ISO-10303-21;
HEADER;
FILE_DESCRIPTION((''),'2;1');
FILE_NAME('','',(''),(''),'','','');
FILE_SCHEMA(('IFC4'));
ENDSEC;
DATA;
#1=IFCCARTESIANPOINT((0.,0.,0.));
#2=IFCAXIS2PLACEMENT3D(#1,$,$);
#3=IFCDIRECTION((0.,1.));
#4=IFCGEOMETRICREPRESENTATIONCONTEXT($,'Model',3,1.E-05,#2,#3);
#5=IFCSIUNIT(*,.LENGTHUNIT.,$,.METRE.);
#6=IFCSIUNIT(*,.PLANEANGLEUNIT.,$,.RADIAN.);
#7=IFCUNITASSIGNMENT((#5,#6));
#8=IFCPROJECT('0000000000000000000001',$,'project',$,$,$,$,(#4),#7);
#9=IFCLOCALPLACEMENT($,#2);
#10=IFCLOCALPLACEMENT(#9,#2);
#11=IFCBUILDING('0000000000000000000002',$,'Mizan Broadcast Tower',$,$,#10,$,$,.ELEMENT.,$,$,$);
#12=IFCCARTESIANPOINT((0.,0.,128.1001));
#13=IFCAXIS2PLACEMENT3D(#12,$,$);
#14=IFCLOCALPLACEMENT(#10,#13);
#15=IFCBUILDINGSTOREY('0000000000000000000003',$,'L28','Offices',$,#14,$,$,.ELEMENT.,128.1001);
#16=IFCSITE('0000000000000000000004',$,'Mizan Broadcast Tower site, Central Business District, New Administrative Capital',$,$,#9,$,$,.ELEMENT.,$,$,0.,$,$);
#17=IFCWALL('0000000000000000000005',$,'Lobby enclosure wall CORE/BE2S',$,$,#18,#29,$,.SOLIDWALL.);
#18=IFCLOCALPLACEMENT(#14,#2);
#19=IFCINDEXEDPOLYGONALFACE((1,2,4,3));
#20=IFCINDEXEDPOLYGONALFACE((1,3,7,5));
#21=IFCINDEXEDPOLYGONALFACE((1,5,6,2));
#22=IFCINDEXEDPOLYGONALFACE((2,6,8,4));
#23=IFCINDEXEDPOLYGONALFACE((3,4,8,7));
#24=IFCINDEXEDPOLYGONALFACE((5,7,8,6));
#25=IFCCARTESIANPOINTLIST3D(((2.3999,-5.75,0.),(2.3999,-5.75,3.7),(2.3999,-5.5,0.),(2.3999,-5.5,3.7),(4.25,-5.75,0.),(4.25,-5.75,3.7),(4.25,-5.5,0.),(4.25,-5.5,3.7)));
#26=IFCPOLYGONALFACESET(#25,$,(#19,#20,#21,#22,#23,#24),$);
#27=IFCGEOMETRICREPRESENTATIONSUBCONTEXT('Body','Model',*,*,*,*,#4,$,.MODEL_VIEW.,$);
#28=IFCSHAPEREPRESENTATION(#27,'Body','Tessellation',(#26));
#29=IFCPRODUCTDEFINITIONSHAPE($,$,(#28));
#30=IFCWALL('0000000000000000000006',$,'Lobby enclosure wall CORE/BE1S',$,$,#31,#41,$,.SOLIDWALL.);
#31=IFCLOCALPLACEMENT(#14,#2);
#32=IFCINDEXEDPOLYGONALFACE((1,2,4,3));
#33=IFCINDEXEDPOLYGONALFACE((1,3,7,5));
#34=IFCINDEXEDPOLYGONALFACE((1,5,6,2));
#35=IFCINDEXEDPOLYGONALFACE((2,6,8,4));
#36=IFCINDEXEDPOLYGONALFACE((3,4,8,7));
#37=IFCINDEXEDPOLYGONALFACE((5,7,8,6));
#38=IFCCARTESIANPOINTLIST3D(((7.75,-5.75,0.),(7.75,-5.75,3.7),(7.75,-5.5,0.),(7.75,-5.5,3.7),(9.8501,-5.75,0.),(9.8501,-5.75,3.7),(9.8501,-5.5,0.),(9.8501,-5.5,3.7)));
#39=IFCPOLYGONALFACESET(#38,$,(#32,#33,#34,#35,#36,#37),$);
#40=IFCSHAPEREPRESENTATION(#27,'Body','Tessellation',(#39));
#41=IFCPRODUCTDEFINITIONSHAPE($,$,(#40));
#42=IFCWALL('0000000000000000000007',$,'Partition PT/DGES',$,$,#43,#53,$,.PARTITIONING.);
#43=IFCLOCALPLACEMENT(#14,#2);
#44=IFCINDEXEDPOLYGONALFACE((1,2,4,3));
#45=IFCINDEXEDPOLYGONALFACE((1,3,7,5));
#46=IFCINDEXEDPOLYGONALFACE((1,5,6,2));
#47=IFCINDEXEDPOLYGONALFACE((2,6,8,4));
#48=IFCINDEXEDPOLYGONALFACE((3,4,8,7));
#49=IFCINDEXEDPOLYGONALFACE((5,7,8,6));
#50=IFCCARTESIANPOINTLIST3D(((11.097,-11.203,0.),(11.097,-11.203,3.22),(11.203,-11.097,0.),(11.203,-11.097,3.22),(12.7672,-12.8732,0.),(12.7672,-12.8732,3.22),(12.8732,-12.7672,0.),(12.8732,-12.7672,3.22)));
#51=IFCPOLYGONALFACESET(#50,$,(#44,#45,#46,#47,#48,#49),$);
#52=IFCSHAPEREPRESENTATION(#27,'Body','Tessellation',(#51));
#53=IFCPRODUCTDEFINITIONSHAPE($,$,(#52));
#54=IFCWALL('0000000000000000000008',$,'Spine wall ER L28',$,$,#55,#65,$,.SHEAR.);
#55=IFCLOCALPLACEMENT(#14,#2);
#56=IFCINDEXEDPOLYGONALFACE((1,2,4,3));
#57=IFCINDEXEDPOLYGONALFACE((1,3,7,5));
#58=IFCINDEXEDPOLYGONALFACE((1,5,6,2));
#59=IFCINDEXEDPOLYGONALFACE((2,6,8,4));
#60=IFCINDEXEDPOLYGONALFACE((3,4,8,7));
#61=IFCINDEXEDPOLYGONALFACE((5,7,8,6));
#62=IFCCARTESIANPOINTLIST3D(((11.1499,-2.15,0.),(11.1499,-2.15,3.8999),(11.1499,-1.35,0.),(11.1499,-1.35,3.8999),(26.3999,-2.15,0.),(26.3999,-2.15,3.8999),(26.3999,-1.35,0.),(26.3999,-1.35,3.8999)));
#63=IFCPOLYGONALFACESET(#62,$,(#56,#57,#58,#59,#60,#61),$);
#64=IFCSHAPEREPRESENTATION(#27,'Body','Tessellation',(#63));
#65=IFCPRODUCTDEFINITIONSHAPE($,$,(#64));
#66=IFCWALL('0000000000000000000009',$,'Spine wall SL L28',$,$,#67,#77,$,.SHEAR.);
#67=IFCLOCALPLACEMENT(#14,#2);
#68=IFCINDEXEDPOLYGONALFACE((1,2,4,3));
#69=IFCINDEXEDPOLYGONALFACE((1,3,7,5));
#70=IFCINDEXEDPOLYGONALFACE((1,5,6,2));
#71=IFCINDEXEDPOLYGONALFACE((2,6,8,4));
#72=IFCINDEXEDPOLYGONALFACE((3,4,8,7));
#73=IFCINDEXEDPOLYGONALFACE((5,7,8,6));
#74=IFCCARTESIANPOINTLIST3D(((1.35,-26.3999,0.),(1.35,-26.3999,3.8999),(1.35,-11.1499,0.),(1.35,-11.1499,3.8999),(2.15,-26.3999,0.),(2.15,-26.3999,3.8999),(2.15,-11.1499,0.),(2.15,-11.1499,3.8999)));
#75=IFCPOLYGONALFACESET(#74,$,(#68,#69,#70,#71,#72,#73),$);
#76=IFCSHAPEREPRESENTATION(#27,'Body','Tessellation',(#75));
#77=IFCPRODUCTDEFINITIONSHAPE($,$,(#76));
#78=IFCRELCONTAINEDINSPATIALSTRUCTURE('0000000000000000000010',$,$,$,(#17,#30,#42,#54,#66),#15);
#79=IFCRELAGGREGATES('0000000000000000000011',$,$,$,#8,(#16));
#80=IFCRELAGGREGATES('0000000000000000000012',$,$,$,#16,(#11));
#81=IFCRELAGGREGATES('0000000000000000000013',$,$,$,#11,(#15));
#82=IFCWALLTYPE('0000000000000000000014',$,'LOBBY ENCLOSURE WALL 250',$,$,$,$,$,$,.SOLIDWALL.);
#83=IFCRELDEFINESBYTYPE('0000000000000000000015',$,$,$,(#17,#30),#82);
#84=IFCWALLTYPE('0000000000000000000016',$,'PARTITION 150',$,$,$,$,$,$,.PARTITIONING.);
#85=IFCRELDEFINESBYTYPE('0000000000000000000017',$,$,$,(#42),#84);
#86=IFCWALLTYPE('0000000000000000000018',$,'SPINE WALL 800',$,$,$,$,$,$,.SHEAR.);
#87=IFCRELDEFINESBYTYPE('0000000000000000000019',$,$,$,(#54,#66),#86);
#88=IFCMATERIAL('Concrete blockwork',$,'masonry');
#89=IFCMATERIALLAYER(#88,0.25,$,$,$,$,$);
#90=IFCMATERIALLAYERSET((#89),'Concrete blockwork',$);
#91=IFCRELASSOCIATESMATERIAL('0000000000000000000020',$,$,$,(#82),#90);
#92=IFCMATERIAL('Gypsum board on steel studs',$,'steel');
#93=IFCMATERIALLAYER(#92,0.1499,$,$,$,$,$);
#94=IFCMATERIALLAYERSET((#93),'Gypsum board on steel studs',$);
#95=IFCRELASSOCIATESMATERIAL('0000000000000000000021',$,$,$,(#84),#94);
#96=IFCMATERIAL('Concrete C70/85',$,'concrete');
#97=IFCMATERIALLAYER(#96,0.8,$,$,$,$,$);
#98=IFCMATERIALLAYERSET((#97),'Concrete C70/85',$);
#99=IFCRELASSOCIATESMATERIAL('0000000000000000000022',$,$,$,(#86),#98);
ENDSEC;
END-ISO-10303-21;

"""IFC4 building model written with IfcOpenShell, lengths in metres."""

from ifc_helpers import new_model, si_unit, direction, frame, frame_2d, origin, place, context, subcontext, project, spatial, rectangle, extrude, material, layer, layer_set, type_object, element, save


model = new_model("IFC4")

# Units and contexts
model_context = context("Model", 3, precision=1e-05, world=origin(), true_north=direction((0.0, 1.0)))
body_context = subcontext(model_context, "Body", "Model", "MODEL_VIEW")
ifc_project = project(units=[si_unit("LENGTHUNIT", "METRE"), si_unit("PLANEANGLEUNIT", "RADIAN")], contexts=[model_context])

# Site, building, storey
site_placement = place(None, origin())
site = spatial("IfcSite", under=ifc_project, at=site_placement, Name="Mizan Broadcast Tower site, Central Business District, New Administrative Capital", CompositionType="ELEMENT", RefElevation=0.0)
building_placement = place(site_placement, origin())
building = spatial("IfcBuilding", under=site, at=building_placement, Name="Mizan Broadcast Tower", CompositionType="ELEMENT")
storey_placement = place(building_placement, frame((0.0, 0.0, 128.1001)))
storey = spatial("IfcBuildingStorey", under=building, at=storey_placement, Name="L28", Description="Offices", CompositionType="ELEMENT", Elevation=128.1001)

# Walls
ifc_material_1 = material(Name="Concrete blockwork", Category="masonry")
ifc_layer_1 = layer(ifc_material_1, 0.25)
ifc_layer_set_1 = layer_set([ifc_layer_1], Name="Concrete blockwork")
wall_type_1 = type_object("IfcWallType", Name="LOBBY ENCLOSURE WALL 250", PredefinedType="SOLIDWALL", material=ifc_layer_set_1)
wall_1_placement = place(storey_placement, frame((2.3999, -5.625, 0.0), z_axis=(0.0, 0.0, 1.0), x_axis=(1.0, 0.0, 0.0)))
element("IfcWall", 1, at=wall_1_placement, inside=storey, type_object=wall_type_1, Name="Lobby enclosure wall CORE/BE2S", PredefinedType="SOLIDWALL", context=body_context, shape_type="SweptSolid", body=[
    extrude(rectangle(XDim=1.8501, YDim=0.25, at=frame_2d((0.925, 0.0))), origin(), (0.0, 0.0, 1.0), 3.7),
])
wall_2_placement = place(storey_placement, frame((7.75, -5.625, 0.0), z_axis=(0.0, 0.0, 1.0), x_axis=(1.0, 0.0, 0.0)))
element("IfcWall", 2, at=wall_2_placement, inside=storey, type_object=wall_type_1, Name="Lobby enclosure wall CORE/BE1S", PredefinedType="SOLIDWALL", context=body_context, shape_type="SweptSolid", body=[
    extrude(rectangle(XDim=2.1001, YDim=0.25, at=frame_2d((1.05, 0.0))), origin(), (0.0, 0.0, 1.0), 3.7),
])
ifc_material_2 = material(Name="Gypsum board on steel studs", Category="steel")
ifc_layer_2 = layer(ifc_material_2, 0.1499)
ifc_layer_set_2 = layer_set([ifc_layer_2], Name="Gypsum board on steel studs")
wall_type_2 = type_object("IfcWallType", Name="PARTITION 150", PredefinedType="PARTITIONING", material=ifc_layer_set_2)
wall_3_placement = place(storey_placement, frame((11.1499, -11.1499, 0.0), z_axis=(0.0, 0.0, 1.0), x_axis=(0.707107, -0.707107, 0.0)))
element("IfcWall", 3, at=wall_3_placement, inside=storey, type_object=wall_type_2, Name="Partition PT/DGES", PredefinedType="PARTITIONING", context=body_context, shape_type="SweptSolid", body=[
    extrude(rectangle(XDim=2.3621, YDim=0.1499, at=frame_2d((1.1812, 0.0))), origin(), (0.0, 0.0, 1.0), 3.22),
])
ifc_material_3 = material(Name="Concrete C70/85", Category="concrete")
ifc_layer_3 = layer(ifc_material_3, 0.8)
ifc_layer_set_3 = layer_set([ifc_layer_3], Name="Concrete C70/85")
wall_type_3 = type_object("IfcWallType", Name="SPINE WALL 800", PredefinedType="SHEAR", material=ifc_layer_set_3)
for number, where, z_axis, x_axis, name in (
    (4, (11.1499, -1.75, 0.0), (0.0, 0.0, 1.0), (1.0, 0.0, 0.0), "Spine wall ER L28"),
    (5, (1.75, -11.1499, 0.0), (0.0, 0.0, 1.0), (0.0, -1.0, 0.0), "Spine wall SL L28"),
):
    element("IfcWall", number, at=place(storey_placement, frame(where, z_axis=z_axis, x_axis=x_axis)), inside=storey, type_object=wall_type_3, Name=name, PredefinedType="SHEAR", context=body_context, shape_type="SweptSolid", body=[
        extrude(rectangle(XDim=15.25, YDim=0.8, at=frame_2d((7.625, 0.0))), origin(), (0.0, 0.0, 1.0), 3.8999),
    ])

save(model, "model.ifc")
